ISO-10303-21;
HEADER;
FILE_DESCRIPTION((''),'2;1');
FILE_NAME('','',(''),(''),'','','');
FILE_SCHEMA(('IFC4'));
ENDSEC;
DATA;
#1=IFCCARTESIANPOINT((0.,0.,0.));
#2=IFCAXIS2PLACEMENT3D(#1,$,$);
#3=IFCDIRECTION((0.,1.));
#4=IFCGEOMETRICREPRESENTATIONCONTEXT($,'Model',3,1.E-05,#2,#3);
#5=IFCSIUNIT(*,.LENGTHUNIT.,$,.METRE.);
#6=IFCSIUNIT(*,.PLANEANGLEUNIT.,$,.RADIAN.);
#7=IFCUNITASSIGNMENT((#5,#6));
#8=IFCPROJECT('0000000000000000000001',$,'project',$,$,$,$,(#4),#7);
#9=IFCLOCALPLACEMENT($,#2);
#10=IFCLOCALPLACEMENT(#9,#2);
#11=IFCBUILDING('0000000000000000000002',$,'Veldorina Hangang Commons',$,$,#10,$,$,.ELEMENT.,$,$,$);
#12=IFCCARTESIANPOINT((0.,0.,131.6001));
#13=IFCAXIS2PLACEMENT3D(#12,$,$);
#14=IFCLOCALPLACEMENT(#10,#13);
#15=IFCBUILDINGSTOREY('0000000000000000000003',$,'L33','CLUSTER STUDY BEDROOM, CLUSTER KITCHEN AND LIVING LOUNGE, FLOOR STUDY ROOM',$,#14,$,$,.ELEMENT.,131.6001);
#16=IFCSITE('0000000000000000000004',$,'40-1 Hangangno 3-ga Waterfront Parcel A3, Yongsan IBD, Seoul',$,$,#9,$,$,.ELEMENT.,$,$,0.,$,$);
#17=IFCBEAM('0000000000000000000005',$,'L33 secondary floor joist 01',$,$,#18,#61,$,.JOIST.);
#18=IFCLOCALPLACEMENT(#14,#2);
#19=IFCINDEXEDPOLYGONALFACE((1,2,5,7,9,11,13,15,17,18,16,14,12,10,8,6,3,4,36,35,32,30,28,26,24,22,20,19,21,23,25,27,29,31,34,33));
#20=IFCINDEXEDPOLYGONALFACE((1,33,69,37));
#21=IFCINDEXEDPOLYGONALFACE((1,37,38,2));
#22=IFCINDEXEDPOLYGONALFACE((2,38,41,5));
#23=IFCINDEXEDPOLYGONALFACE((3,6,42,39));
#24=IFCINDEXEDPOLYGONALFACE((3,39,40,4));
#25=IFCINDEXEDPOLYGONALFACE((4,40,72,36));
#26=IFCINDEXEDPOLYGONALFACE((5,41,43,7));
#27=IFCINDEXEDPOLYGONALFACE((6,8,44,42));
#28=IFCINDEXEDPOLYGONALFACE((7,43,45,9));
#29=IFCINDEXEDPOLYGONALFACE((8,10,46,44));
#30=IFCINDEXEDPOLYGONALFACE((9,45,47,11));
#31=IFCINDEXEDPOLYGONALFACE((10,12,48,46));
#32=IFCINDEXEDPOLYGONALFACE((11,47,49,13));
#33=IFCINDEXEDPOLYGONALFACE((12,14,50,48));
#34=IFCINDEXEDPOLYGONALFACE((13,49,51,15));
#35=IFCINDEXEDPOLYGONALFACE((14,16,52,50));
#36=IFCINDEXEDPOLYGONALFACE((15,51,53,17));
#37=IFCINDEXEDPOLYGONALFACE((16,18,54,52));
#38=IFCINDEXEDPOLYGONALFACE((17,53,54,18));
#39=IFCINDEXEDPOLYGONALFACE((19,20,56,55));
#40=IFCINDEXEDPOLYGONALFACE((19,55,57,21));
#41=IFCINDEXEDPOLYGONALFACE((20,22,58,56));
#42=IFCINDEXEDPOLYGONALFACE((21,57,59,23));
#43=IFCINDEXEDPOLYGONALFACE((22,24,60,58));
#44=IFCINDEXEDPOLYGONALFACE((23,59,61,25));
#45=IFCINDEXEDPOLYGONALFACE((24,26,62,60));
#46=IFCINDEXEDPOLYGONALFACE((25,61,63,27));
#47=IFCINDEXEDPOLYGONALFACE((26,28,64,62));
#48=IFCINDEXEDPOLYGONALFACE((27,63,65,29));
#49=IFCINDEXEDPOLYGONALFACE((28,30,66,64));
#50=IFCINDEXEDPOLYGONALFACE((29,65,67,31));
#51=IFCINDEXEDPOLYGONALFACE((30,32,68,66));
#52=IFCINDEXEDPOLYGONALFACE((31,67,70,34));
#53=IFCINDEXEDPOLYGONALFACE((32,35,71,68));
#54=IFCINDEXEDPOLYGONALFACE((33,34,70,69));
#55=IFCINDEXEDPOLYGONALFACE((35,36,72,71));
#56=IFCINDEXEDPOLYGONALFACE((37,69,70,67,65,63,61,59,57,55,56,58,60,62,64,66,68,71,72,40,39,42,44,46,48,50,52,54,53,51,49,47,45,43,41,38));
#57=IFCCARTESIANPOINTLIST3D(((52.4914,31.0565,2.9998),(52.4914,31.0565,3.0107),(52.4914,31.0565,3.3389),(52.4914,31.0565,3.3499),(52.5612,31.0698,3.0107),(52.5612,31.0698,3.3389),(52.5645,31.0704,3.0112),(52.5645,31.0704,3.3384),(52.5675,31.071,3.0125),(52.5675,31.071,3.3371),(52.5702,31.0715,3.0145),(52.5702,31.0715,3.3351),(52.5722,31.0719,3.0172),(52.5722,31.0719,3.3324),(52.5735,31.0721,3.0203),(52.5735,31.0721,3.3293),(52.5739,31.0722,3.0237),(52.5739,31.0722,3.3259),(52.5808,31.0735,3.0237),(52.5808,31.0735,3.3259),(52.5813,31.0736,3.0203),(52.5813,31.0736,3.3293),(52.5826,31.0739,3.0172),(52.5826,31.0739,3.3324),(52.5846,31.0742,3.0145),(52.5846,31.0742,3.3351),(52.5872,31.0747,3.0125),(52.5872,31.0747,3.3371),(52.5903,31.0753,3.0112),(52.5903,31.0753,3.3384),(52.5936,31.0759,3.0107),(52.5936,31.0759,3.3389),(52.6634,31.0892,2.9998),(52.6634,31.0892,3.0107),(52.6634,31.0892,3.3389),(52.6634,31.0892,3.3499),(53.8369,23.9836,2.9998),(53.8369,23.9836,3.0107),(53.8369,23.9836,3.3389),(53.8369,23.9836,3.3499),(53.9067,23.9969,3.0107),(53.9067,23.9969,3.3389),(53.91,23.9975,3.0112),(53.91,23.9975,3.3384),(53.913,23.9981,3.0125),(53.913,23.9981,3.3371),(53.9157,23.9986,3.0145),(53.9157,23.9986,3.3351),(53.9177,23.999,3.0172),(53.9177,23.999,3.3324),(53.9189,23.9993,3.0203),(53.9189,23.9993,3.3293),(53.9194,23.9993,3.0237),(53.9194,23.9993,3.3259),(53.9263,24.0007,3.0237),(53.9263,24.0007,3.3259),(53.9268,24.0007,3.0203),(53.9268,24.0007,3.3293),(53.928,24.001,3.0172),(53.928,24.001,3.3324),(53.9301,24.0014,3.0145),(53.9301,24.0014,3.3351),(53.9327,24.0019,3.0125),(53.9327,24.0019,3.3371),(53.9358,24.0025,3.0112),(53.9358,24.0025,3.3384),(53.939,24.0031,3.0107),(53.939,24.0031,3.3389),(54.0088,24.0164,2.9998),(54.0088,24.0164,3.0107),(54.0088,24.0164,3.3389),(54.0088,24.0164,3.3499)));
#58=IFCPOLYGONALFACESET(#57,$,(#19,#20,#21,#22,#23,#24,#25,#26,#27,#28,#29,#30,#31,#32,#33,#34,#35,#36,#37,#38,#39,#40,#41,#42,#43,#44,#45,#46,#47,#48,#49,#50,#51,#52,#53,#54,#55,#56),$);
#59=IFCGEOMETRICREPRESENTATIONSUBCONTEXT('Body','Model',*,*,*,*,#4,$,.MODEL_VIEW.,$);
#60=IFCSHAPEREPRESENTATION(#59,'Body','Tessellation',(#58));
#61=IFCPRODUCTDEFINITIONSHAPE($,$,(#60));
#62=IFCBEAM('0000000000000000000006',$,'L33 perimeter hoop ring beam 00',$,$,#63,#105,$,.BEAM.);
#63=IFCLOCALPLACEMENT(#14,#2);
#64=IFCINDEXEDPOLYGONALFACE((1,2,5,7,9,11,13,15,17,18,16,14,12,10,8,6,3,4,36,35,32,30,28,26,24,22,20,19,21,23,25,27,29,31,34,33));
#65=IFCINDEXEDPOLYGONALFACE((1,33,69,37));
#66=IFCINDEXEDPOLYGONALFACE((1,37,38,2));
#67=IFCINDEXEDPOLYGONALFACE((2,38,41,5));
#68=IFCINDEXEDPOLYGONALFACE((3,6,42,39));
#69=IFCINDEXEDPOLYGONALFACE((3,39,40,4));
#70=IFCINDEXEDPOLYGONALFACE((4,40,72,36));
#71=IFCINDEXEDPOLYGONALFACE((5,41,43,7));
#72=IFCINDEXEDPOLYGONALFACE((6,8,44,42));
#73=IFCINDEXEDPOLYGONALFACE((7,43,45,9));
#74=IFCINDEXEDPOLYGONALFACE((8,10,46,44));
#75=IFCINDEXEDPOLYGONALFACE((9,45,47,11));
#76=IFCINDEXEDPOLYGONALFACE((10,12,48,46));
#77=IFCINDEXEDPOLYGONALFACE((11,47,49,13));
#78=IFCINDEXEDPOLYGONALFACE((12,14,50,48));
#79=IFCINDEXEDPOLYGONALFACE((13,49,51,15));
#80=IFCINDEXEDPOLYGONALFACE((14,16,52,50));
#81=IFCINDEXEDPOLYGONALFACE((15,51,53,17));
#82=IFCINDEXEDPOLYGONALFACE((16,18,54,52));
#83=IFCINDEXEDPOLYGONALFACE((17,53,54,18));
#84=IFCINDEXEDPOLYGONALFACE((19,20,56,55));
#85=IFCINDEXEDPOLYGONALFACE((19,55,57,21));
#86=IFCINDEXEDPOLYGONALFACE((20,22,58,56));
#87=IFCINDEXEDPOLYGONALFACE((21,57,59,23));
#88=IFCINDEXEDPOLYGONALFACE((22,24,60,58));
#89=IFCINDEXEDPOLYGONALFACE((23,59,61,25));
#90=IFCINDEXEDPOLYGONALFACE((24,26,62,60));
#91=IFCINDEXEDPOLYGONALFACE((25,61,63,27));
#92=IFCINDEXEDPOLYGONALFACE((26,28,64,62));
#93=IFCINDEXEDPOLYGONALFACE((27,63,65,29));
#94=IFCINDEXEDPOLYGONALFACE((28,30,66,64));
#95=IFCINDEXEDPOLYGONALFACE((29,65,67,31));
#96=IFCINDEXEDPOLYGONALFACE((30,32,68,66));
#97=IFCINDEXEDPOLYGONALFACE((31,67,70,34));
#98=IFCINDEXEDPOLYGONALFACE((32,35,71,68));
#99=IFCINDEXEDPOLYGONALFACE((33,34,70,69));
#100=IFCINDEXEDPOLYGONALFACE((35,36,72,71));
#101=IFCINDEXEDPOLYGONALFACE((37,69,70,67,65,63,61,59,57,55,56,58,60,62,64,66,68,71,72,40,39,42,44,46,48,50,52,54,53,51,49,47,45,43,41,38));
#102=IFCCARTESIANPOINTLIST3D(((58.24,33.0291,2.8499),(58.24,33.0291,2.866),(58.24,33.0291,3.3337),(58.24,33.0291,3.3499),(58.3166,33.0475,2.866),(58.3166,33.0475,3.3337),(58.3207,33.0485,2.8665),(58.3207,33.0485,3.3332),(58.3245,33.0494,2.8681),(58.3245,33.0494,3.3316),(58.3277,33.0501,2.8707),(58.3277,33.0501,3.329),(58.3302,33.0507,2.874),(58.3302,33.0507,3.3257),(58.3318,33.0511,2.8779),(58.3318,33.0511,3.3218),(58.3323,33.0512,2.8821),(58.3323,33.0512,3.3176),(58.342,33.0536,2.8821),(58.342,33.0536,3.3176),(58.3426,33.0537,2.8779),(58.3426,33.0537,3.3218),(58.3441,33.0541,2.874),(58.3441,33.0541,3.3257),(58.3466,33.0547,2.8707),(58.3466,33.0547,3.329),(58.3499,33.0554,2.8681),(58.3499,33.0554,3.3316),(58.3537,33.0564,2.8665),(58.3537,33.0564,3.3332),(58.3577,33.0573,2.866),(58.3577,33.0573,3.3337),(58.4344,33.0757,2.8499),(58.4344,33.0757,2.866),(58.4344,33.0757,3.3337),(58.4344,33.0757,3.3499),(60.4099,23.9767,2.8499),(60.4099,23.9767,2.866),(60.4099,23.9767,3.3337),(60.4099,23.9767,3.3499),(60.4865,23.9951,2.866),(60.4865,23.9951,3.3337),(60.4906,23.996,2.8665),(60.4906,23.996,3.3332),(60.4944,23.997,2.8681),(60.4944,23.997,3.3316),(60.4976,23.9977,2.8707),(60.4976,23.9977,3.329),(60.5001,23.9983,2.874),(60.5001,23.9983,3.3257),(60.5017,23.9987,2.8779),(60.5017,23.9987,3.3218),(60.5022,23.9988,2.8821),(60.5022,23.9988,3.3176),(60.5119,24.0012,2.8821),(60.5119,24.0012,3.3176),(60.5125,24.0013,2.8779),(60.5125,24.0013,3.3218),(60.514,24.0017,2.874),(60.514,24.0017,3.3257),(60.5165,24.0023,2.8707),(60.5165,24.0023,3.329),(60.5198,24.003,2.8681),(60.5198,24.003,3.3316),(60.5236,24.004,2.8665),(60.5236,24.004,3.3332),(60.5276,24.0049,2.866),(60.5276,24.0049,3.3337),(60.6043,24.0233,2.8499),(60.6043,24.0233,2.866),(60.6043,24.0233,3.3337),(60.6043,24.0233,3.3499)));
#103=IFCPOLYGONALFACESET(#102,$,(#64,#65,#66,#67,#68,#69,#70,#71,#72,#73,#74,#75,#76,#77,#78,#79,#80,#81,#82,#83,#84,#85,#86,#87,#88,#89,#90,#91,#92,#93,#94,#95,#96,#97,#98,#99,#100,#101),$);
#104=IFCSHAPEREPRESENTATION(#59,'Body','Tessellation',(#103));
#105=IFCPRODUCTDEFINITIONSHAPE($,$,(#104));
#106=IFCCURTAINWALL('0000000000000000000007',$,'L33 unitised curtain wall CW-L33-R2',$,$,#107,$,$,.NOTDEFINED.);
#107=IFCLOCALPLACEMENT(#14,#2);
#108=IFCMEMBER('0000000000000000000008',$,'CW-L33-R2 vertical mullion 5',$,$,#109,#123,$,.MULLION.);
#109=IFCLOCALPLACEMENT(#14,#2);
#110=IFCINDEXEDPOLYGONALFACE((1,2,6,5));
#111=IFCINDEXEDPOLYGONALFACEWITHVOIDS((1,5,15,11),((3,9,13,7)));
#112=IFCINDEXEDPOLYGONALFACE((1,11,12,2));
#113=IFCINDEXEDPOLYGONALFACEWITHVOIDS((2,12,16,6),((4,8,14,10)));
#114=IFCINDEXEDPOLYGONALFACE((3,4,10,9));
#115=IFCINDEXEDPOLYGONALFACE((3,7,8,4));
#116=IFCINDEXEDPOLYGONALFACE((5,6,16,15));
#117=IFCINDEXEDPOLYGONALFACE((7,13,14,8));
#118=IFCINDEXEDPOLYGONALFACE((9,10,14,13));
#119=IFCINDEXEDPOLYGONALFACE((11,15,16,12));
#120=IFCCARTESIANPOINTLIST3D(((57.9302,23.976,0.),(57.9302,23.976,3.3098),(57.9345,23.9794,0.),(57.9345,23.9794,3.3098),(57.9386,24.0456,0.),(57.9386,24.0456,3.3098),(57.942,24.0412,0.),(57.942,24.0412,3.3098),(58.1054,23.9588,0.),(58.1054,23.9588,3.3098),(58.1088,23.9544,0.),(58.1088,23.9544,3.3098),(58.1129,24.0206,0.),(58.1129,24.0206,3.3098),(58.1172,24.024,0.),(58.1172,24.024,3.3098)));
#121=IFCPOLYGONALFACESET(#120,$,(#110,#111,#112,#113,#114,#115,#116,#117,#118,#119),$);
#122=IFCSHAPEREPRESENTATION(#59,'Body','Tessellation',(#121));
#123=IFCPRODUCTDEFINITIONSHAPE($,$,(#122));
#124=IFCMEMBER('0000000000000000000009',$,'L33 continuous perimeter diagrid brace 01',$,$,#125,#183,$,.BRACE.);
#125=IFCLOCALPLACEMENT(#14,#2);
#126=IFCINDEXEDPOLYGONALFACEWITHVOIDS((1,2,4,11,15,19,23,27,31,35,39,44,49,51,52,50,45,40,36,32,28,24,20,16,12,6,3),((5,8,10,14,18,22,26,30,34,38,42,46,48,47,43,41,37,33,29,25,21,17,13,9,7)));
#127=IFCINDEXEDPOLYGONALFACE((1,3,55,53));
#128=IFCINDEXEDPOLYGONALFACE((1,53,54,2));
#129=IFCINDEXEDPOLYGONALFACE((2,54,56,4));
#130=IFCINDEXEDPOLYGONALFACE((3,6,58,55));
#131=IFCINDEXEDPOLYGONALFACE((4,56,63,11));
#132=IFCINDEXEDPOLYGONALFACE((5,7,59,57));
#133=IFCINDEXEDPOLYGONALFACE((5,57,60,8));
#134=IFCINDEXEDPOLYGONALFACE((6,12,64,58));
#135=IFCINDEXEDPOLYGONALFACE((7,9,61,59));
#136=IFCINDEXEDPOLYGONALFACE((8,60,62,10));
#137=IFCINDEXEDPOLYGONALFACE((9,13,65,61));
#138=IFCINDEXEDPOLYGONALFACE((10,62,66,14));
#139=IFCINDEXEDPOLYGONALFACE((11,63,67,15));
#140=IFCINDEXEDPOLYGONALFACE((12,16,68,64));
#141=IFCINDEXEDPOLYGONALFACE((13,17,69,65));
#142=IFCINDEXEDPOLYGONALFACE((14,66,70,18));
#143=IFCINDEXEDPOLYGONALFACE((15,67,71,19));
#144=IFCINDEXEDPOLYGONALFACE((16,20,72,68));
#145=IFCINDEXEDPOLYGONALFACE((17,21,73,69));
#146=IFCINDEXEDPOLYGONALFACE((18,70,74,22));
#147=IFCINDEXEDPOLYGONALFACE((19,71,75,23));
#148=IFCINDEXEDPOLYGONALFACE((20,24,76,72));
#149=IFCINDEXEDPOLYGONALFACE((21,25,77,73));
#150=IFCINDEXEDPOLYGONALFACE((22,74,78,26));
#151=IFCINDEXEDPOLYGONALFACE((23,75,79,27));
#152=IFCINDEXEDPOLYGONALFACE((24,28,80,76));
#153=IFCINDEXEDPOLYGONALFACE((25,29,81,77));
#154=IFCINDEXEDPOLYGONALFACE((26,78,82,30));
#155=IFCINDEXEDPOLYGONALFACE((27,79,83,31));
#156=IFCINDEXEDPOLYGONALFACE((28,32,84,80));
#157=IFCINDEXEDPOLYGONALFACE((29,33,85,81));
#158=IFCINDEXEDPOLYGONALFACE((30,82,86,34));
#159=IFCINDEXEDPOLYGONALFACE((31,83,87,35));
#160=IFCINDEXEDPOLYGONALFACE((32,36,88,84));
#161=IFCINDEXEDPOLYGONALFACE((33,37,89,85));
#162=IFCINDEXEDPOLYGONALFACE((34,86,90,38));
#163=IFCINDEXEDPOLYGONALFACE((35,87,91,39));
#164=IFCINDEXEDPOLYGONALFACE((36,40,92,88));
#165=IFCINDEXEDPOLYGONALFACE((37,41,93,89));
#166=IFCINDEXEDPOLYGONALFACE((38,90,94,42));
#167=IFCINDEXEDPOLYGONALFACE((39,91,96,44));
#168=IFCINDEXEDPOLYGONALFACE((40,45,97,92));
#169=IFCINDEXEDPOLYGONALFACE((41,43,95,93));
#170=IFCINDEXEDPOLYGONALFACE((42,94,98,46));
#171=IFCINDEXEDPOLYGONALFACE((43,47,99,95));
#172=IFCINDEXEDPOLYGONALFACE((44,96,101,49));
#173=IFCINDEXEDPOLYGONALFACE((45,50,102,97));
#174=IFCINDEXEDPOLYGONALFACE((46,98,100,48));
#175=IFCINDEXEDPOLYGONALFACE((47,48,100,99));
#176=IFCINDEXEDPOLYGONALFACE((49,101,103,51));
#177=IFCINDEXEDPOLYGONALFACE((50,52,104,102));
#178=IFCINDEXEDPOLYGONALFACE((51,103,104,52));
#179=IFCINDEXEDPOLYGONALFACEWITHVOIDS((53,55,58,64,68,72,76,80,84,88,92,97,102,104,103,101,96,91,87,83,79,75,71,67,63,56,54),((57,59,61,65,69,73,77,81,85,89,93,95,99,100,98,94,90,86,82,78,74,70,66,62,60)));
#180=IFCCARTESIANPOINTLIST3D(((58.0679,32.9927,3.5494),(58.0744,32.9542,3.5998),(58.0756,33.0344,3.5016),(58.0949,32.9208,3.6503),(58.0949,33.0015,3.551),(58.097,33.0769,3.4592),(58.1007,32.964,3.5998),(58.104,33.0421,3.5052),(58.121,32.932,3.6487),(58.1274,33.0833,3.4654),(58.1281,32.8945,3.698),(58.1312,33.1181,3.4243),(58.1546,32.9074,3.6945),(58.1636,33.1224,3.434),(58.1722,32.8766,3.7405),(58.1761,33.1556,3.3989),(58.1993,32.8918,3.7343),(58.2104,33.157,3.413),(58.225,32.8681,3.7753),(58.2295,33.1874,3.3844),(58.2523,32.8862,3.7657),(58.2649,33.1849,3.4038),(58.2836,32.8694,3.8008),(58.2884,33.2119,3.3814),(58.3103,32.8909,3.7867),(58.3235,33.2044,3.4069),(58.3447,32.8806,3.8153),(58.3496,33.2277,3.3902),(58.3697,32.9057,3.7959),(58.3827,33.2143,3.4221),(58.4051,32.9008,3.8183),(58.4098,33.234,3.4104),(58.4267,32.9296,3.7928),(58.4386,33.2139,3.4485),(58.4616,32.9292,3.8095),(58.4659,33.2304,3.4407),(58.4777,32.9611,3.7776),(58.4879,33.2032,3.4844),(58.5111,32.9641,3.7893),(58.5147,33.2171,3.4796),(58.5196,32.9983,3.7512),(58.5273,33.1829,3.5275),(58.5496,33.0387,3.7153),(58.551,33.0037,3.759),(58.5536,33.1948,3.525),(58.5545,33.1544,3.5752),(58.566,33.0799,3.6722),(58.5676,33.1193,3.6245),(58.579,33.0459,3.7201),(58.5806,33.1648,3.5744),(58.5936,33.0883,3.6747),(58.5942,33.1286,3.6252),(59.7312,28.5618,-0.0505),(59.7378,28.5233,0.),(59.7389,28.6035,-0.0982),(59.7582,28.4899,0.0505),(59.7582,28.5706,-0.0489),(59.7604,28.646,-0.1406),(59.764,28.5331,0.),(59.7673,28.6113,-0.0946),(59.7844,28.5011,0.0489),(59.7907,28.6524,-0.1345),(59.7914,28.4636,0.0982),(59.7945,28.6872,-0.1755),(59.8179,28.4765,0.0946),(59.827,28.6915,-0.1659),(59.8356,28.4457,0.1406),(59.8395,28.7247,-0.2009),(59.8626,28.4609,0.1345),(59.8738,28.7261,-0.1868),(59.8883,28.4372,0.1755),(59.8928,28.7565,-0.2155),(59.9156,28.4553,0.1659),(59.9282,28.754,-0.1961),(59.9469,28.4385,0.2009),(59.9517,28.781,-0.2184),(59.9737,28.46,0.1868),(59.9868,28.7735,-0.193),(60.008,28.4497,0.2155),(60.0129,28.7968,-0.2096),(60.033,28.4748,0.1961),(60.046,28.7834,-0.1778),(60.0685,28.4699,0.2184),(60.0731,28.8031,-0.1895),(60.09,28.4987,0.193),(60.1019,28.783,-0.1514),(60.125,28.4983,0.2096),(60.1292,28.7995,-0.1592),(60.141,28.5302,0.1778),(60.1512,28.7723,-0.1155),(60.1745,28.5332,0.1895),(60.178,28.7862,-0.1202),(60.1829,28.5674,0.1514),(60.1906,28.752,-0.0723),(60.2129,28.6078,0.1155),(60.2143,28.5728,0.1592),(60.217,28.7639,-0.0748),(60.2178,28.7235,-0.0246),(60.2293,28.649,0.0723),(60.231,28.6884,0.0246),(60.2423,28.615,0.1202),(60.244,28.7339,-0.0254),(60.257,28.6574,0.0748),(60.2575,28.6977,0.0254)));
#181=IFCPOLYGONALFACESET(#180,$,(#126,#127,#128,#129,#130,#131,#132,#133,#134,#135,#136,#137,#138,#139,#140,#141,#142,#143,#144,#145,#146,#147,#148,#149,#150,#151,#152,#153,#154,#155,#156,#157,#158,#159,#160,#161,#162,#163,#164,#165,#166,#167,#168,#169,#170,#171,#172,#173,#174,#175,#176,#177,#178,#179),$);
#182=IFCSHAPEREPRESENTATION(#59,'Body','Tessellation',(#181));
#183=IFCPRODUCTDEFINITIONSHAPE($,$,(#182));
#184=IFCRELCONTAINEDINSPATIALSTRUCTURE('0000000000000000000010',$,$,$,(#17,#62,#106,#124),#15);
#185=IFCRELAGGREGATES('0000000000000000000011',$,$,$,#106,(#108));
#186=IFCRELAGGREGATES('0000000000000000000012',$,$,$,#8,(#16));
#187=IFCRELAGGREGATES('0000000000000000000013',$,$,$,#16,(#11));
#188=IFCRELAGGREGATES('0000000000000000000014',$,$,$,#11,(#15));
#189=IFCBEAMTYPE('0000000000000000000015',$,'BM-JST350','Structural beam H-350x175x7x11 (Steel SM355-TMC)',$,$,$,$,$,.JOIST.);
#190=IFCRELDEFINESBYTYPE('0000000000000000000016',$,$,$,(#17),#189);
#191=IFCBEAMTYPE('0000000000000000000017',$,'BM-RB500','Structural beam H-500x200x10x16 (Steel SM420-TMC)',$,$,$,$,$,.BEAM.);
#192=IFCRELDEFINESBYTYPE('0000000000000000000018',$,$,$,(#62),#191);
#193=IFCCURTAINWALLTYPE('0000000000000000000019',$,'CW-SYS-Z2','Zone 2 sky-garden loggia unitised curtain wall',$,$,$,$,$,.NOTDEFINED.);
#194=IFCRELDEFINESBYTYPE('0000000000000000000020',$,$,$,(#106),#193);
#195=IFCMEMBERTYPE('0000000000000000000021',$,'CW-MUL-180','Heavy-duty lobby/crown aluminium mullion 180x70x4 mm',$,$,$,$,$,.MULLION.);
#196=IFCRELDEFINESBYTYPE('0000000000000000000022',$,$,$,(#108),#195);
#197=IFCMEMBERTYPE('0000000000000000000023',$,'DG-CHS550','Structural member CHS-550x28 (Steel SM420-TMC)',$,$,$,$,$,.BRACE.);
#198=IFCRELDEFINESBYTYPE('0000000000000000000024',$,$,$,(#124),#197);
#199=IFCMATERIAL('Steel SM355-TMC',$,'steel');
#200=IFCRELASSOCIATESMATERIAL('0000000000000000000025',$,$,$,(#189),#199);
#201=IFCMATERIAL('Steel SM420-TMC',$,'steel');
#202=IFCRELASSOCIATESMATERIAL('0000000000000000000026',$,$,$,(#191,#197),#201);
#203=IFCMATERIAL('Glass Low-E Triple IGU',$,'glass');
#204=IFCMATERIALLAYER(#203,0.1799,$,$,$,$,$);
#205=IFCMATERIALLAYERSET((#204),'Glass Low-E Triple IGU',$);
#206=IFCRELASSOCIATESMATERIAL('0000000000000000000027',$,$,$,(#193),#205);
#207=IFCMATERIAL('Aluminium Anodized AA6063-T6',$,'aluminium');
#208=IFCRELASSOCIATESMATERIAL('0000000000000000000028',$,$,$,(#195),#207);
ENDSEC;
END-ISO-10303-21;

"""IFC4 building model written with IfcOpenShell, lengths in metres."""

from ifc_helpers import new_model, si_unit, direction, frame, origin, origin_2d, place, context, subcontext, project, spatial, hollow_rectangle, hollow_circle, i_section, extrude, material, layer, layer_set, material_profile, profile_set, type_object, element, aggregate, save


model = new_model("IFC4")

# Units and contexts
model_context = context("Model", 3, precision=1e-05, world=origin(), true_north=direction((0.0, 1.0)))
body_context = subcontext(model_context, "Body", "Model", "MODEL_VIEW")
ifc_project = project(units=[si_unit("LENGTHUNIT", "METRE"), si_unit("PLANEANGLEUNIT", "RADIAN")], contexts=[model_context])

# Site, building, storey
site_placement = place(None, origin())
site = spatial("IfcSite", under=ifc_project, at=site_placement, Name="40-1 Hangangno 3-ga Waterfront Parcel A3, Yongsan IBD, Seoul", CompositionType="ELEMENT", RefElevation=0.0)
building_placement = place(site_placement, origin())
building = spatial("IfcBuilding", under=site, at=building_placement, Name="Veldorina Hangang Commons", CompositionType="ELEMENT")
storey_placement = place(building_placement, frame((0.0, 0.0, 131.6001)))
storey = spatial("IfcBuildingStorey", under=building, at=storey_placement, Name="L33", Description="CLUSTER STUDY BEDROOM, CLUSTER KITCHEN AND LIVING LOUNGE, FLOOR STUDY ROOM", CompositionType="ELEMENT", Elevation=131.6001)

# Beams
ifc_material_1 = material(Name="Steel SM355-TMC", Category="steel")
ifc_material_profile_1 = material_profile(ifc_material_1, i_section(OverallWidth=0.175, OverallDepth=0.3501, WebThickness=0.0071, FlangeThickness=0.011, FilletRadius=0.0129, at=origin_2d()), Name="H-350x175x7x11")
ifc_profile_set_1 = profile_set([ifc_material_profile_1], Name="Steel SM355-TMC")
beam_type_1 = type_object("IfcBeamType", Name="BM-JST350", Description="Structural beam H-350x175x7x11 (Steel SM355-TMC)", PredefinedType="JOIST", material=ifc_profile_set_1)
beam_1_placement = place(storey_placement, frame((53.9229, 24.0, 3.1748), z_axis=(-0.18688, 0.982383, 0.0), x_axis=(-0.982383, -0.18688, 0.0)))
element("IfcBeam", 1, at=beam_1_placement, inside=storey, type_object=beam_type_1, Name="L33 secondary floor joist 01", PredefinedType="JOIST", context=body_context, shape_type="SweptSolid", body=[
    extrude(i_section(OverallWidth=0.175, OverallDepth=0.3501, WebThickness=0.0071, FlangeThickness=0.011, FilletRadius=0.0129, at=origin_2d()), origin(), (0.0, 0.0, 1.0), 7.1997),
])
ifc_material_2 = material(Name="Steel SM420-TMC", Category="steel")
ifc_material_profile_2 = material_profile(ifc_material_2, i_section(OverallWidth=0.2, OverallDepth=0.5, WebThickness=0.01, FlangeThickness=0.0161, FilletRadius=0.0161, at=origin_2d()), Name="H-500x200x10x16")
ifc_profile_set_2 = profile_set([ifc_material_profile_2], Name="Steel SM420-TMC")
beam_type_2 = type_object("IfcBeamType", Name="BM-RB500", Description="Structural beam H-500x200x10x16 (Steel SM420-TMC)", PredefinedType="BEAM", material=ifc_profile_set_2)
beam_2_placement = place(storey_placement, frame((60.5071, 24.0, 3.0999), z_axis=(-0.233101, 0.972452, 0.0), x_axis=(-0.972452, -0.233101, 0.0)))
element("IfcBeam", 2, at=beam_2_placement, inside=storey, type_object=beam_type_2, Name="L33 perimeter hoop ring beam 00", PredefinedType="BEAM", context=body_context, shape_type="SweptSolid", body=[
    extrude(i_section(OverallWidth=0.2, OverallDepth=0.5, WebThickness=0.01, FlangeThickness=0.0161, FilletRadius=0.0161, at=origin_2d()), origin(), (0.0, 0.0, 1.0), 9.3088),
])

# Curtain wall, member
ifc_material_3 = material(Name="Glass Low-E Triple IGU", Category="glass")
ifc_layer_1 = layer(ifc_material_3, 0.1799)
ifc_layer_set_1 = layer_set([ifc_layer_1], Name="Glass Low-E Triple IGU")
curtain_wall_type = type_object("IfcCurtainWallType", Name="CW-SYS-Z2", Description="Zone 2 sky-garden loggia unitised curtain wall", PredefinedType="NOTDEFINED", material=ifc_layer_set_1)
curtain_wall_placement = place(storey_placement, origin())
curtain_wall = element("IfcCurtainWall", 3, at=curtain_wall_placement, inside=storey, type_object=curtain_wall_type, Name="L33 unitised curtain wall CW-L33-R2", PredefinedType="NOTDEFINED")
ifc_material_4 = material(Name="Aluminium Anodized AA6063-T6", Category="aluminium")
ifc_material_profile_3 = material_profile(ifc_material_4, hollow_rectangle(XDim=0.0701, YDim=0.1799, WallThickness=0.0039, at=origin_2d()), Name="ALU-RHS-180x70x4")
ifc_profile_set_3 = profile_set([ifc_material_profile_3], Name="Aluminium Anodized AA6063-T6")
member_type_1 = type_object("IfcMemberType", Name="CW-MUL-180", Description="Heavy-duty lobby/crown aluminium mullion 180x70x4 mm", PredefinedType="MULLION", material=ifc_profile_set_3)
member_1_placement = place(storey_placement, frame((58.0237, 24.0, 0.0), z_axis=(0.0, 0.0, 1.0), x_axis=(-0.120241, -0.992745, 0.0)))
member_1 = element("IfcMember", 4, at=member_1_placement, type_object=member_type_1, Name="CW-L33-R2 vertical mullion 5", PredefinedType="MULLION", context=body_context, shape_type="SweptSolid", body=[
    extrude(hollow_rectangle(XDim=0.0701, YDim=0.1799, WallThickness=0.0039, at=origin_2d()), origin(), (0.0, 0.0, 1.0), 3.3098),
])
aggregate(curtain_wall, [member_1])

# Member
ifc_material_profile_4 = material_profile(ifc_material_2, hollow_circle(Radius=0.2749, WallThickness=0.0281, at=origin_2d()), Name="CHS-550x28")
ifc_profile_set_4 = profile_set([ifc_material_profile_4], Name="Steel SM420-TMC")
member_type_2 = type_object("IfcMemberType", Name="DG-CHS550", Description="Structural member CHS-550x28 (Steel SM420-TMC)", PredefinedType="BRACE", material=ifc_profile_set_4)
member_2_placement = place(storey_placement, frame((59.9951, 28.6199, 0.0), z_axis=(-0.279725, 0.745153, 0.605393), x_axis=(-0.936208, -0.351446, 0.0)))
element("IfcMember", 5, at=member_2_placement, inside=storey, type_object=member_type_2, Name="L33 continuous perimeter diagrid brace 01", PredefinedType="BRACE", context=body_context, shape_type="SweptSolid", body=[
    extrude(hollow_circle(Radius=0.2749, WallThickness=0.0281, at=origin_2d()), origin(), (0.0, 0.0, 1.0), 5.9463),
])

save(model, "model.ifc")
